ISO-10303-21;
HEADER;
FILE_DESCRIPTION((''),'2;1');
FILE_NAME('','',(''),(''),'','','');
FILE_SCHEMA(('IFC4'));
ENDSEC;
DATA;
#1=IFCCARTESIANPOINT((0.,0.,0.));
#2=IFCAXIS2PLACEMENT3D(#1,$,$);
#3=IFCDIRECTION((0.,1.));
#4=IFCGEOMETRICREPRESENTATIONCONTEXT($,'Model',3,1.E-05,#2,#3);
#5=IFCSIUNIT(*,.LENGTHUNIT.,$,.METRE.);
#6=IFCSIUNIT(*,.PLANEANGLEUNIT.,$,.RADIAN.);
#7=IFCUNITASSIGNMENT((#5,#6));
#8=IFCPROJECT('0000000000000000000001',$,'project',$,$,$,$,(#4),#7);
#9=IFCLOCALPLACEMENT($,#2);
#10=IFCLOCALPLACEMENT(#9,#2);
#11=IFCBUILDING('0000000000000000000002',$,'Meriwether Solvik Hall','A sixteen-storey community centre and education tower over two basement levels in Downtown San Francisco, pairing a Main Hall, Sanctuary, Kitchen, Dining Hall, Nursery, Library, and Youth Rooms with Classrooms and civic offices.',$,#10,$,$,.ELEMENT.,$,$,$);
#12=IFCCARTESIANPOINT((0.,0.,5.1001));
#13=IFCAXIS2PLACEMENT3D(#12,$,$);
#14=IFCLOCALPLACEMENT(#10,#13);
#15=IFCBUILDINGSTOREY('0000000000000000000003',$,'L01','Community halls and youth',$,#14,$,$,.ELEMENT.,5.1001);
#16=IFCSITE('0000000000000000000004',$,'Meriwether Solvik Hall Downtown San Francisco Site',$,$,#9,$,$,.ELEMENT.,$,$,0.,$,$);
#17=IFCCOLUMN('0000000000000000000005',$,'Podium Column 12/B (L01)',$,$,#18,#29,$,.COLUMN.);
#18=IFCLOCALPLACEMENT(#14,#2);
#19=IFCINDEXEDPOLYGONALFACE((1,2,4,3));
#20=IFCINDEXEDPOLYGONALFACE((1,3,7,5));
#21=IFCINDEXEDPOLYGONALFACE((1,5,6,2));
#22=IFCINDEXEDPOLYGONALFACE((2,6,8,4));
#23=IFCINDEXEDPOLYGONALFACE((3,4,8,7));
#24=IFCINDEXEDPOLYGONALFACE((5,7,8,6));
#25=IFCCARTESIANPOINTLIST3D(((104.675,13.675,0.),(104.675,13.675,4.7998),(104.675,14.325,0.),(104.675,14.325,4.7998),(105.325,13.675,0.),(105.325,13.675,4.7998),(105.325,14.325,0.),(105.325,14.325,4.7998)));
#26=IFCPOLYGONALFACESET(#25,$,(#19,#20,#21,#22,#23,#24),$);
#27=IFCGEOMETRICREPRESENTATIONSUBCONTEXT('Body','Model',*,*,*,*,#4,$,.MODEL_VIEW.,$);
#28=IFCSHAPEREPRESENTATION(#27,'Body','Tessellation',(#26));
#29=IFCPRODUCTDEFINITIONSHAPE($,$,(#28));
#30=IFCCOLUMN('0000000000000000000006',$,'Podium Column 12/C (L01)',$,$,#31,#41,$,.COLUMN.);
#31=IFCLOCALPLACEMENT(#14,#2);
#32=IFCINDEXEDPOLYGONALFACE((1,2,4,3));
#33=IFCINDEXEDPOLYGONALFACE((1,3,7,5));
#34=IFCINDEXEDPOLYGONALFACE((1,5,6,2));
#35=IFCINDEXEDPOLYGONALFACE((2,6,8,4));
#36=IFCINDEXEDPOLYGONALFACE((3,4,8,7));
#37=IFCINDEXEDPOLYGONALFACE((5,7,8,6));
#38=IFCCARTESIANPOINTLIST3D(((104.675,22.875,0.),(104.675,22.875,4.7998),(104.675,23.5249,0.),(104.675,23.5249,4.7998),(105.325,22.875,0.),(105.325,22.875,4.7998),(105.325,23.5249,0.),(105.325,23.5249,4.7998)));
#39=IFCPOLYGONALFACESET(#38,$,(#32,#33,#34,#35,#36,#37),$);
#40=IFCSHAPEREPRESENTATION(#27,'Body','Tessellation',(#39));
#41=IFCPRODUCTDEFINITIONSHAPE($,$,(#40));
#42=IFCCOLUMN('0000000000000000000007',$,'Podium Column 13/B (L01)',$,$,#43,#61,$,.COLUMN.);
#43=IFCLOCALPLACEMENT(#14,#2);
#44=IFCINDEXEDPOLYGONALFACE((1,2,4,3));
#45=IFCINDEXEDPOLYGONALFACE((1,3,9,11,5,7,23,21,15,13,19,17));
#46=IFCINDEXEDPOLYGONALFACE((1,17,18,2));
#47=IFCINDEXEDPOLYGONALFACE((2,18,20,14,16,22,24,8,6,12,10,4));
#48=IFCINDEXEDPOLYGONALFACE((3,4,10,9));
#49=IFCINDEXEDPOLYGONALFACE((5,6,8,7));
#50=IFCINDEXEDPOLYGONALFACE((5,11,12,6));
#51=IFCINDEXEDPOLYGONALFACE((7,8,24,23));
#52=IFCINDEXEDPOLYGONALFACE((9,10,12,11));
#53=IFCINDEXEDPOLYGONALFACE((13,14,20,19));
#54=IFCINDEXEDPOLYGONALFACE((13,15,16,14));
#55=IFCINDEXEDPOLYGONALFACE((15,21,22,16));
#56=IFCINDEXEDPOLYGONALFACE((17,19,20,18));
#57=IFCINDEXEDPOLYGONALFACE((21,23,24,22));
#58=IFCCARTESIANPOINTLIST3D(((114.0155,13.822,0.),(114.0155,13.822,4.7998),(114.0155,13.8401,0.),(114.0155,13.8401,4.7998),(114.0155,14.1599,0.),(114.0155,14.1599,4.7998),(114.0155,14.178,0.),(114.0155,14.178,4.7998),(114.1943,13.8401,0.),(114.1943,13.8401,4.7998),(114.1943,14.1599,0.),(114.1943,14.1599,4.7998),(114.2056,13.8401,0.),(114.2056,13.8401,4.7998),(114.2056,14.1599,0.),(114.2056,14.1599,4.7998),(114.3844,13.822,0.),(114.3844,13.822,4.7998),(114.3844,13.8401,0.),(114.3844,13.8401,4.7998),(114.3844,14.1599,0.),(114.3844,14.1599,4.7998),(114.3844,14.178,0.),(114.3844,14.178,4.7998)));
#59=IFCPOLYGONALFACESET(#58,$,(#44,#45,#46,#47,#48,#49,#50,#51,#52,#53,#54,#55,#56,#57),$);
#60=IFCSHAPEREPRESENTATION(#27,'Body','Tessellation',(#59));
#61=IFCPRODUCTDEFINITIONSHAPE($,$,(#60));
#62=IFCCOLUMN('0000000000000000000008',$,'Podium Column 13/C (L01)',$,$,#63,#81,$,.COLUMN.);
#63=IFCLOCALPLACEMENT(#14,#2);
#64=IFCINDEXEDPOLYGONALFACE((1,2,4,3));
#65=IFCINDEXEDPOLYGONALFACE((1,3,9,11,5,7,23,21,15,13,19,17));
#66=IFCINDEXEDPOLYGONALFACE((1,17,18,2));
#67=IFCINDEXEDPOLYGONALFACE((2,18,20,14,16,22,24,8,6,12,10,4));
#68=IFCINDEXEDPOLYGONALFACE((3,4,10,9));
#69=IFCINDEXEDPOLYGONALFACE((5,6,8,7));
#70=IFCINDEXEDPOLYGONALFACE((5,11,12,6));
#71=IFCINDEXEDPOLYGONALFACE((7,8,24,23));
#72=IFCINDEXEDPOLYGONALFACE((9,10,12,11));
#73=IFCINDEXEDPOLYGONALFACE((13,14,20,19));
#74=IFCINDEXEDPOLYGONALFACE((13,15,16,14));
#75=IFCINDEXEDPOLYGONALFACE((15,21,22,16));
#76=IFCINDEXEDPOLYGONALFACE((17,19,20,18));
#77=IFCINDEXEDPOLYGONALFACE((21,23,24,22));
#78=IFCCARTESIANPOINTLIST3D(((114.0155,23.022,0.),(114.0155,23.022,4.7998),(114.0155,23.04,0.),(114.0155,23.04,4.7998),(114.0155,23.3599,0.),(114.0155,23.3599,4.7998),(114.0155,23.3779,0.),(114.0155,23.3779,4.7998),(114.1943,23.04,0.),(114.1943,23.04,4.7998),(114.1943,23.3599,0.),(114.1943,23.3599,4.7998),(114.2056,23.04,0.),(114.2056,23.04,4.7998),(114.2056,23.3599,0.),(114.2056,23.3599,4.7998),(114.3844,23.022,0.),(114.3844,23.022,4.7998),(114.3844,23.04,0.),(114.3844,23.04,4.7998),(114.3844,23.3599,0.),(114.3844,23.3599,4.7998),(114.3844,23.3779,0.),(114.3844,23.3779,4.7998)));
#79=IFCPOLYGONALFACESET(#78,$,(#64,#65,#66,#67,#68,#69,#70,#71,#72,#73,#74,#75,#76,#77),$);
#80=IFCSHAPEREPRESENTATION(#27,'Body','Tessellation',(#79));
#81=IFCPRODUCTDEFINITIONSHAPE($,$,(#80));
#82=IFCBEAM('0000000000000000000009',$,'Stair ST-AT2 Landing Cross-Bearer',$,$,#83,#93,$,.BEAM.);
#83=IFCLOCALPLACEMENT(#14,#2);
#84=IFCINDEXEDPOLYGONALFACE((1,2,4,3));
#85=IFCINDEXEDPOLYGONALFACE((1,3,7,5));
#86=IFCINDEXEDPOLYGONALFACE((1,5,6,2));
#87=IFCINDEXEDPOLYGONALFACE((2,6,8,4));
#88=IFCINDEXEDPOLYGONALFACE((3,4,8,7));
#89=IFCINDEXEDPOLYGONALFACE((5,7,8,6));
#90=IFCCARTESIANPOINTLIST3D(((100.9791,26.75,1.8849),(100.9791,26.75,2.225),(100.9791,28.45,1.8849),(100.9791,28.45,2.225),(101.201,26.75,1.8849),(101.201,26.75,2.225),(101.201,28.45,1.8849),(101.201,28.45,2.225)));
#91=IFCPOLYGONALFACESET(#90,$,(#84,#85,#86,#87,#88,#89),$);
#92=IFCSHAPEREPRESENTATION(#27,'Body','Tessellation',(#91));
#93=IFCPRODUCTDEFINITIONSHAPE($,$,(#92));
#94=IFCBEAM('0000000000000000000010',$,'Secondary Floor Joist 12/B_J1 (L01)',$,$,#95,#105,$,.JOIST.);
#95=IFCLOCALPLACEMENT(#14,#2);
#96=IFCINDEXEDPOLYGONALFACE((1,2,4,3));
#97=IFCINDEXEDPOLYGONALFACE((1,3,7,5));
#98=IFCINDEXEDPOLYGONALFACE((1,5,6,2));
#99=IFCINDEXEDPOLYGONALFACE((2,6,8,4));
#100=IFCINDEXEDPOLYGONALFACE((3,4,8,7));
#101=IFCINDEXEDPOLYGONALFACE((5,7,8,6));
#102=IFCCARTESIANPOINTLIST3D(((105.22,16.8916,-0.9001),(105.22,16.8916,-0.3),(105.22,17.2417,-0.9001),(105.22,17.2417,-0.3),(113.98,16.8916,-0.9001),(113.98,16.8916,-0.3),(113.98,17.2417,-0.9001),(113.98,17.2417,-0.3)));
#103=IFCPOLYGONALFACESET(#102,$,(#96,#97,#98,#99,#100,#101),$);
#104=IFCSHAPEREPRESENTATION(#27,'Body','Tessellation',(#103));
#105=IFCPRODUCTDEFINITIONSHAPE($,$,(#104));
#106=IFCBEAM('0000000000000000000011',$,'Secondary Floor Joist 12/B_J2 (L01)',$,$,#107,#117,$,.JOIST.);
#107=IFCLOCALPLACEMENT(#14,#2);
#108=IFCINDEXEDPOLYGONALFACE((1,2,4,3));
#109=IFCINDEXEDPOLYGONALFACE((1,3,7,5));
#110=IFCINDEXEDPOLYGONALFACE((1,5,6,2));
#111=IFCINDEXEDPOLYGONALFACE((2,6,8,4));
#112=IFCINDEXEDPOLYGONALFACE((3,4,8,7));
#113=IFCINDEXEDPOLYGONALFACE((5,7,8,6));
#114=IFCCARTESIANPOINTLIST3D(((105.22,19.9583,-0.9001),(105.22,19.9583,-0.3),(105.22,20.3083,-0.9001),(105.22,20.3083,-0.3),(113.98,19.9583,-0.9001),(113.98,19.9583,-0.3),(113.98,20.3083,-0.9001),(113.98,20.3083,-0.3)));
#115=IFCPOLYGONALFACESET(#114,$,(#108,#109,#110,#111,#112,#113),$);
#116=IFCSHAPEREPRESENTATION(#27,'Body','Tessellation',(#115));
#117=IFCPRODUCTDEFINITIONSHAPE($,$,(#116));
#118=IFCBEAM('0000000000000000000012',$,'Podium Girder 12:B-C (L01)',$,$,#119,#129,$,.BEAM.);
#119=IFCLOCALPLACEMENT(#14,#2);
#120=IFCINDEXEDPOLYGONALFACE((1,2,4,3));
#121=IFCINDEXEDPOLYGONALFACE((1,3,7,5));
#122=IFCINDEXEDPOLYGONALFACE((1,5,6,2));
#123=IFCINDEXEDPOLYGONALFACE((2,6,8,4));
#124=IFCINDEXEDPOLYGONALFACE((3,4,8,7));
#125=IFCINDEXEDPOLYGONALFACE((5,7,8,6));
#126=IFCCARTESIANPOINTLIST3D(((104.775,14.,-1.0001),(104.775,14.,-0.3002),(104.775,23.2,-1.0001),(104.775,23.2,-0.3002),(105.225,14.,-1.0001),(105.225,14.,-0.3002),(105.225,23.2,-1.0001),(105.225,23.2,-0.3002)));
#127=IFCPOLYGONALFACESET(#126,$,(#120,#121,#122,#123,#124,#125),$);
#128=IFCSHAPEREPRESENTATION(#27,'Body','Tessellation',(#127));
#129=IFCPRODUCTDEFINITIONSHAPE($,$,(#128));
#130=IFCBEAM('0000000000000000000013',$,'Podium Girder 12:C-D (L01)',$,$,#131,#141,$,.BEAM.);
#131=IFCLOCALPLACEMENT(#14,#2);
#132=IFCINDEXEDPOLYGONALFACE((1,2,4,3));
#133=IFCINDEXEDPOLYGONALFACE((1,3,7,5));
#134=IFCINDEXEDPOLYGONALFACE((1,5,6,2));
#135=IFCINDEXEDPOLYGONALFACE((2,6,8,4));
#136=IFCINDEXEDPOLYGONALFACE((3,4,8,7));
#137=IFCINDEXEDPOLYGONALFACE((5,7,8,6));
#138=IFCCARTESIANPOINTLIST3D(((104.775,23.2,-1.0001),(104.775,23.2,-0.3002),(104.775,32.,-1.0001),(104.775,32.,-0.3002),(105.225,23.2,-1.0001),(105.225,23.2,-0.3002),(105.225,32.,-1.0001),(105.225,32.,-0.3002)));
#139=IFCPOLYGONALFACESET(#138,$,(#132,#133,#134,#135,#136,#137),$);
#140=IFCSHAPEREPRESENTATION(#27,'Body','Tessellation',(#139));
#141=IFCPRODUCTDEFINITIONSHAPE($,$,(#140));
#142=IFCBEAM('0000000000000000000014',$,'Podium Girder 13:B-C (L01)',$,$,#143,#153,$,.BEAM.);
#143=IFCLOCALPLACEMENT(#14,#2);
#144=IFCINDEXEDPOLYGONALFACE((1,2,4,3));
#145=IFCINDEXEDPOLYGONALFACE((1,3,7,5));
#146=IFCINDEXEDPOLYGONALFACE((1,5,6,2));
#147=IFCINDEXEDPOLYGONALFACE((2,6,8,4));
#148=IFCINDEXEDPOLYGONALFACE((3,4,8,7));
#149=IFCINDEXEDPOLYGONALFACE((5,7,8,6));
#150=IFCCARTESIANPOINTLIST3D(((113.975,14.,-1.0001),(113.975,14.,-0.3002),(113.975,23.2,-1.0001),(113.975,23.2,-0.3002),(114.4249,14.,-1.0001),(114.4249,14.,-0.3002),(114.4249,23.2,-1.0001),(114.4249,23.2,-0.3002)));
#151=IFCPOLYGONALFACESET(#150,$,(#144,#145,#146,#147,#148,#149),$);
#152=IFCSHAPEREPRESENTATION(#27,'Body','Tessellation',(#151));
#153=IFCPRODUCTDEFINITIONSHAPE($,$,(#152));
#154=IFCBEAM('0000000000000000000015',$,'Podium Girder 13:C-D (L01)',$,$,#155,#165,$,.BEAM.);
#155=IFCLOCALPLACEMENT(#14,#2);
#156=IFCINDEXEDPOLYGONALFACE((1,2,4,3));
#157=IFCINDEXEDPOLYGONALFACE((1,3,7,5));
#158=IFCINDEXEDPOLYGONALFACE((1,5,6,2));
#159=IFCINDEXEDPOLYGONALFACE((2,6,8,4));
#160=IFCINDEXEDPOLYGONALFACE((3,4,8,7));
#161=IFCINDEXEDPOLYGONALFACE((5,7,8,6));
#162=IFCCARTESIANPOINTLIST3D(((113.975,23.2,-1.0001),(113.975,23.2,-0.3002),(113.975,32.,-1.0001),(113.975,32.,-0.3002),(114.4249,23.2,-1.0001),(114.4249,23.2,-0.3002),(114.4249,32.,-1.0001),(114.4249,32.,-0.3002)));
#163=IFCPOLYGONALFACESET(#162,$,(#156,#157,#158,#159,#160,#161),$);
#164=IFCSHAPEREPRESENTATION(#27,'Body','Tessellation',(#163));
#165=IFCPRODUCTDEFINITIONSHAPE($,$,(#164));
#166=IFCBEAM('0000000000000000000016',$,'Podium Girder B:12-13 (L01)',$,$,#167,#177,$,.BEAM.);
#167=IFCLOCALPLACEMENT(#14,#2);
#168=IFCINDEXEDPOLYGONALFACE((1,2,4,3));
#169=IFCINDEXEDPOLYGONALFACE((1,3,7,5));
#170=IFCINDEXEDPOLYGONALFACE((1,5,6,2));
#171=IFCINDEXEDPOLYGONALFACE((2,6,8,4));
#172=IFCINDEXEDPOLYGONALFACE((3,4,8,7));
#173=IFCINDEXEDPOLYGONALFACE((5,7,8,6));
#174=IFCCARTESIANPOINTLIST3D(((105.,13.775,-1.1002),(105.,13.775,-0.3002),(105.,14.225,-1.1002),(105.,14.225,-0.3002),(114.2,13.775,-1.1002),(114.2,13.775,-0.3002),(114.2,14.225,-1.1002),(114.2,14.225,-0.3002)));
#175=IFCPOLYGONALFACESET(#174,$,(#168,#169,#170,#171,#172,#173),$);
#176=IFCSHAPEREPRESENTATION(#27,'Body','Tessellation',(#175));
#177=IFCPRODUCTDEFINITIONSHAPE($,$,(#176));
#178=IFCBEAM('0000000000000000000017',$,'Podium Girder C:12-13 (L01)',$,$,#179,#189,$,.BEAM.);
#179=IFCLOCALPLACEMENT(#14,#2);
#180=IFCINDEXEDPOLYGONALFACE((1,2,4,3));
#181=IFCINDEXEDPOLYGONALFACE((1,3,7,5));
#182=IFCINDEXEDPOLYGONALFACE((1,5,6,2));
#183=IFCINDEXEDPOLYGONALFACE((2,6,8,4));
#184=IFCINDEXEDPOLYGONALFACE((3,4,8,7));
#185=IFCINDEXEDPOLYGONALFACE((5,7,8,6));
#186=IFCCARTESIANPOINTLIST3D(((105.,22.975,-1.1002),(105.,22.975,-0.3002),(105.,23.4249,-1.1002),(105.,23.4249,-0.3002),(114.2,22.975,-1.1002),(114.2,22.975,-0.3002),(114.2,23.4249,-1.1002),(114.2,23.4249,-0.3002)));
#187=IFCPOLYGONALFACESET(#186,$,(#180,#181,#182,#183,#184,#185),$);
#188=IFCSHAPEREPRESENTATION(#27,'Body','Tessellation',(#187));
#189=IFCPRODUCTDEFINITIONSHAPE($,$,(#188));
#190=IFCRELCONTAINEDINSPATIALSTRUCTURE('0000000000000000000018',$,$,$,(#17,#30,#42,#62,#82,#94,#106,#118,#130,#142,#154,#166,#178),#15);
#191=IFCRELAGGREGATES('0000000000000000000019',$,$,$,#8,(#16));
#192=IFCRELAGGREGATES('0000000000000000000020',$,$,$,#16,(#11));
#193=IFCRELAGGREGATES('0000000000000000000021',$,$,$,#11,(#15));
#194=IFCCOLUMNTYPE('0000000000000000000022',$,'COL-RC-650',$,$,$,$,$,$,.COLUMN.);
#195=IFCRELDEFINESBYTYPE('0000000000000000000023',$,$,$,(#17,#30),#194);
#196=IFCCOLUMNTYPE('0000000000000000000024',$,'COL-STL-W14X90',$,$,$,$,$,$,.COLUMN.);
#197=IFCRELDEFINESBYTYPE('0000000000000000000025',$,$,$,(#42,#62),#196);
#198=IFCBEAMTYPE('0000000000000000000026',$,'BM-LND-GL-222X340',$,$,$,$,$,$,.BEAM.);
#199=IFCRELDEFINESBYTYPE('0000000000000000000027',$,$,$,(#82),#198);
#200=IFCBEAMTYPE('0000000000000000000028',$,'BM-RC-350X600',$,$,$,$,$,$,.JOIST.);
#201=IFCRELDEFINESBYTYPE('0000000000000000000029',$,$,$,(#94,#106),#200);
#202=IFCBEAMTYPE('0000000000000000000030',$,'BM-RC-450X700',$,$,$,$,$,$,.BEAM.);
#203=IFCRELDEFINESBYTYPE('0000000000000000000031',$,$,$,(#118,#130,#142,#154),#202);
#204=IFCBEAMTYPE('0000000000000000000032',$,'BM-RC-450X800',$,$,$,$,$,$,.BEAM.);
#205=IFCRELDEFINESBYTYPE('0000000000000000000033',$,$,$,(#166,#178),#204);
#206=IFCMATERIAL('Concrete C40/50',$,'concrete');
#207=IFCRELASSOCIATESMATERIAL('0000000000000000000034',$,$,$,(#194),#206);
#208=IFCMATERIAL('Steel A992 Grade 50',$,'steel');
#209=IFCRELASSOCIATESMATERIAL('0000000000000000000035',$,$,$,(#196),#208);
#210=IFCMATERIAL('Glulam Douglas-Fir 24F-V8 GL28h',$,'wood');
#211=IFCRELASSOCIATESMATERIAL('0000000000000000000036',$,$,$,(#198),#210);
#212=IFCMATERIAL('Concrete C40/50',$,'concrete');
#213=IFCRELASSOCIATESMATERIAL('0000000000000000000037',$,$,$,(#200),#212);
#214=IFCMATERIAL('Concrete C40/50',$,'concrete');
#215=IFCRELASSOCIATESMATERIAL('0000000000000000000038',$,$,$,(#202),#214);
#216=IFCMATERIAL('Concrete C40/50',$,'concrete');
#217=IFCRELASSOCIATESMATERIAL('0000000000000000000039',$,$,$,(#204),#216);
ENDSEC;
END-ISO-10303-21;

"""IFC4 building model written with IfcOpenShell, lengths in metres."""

from ifc_helpers import new_model, si_unit, direction, frame, origin, origin_2d, place, context, subcontext, project, spatial, rectangle, i_section, extrude, material, material_profile, profile_set, type_object, element, save


model = new_model("IFC4")

# Units and contexts
model_context = context("Model", 3, precision=1e-05, world=origin(), true_north=direction((0.0, 1.0)))
body_context = subcontext(model_context, "Body", "Model", "MODEL_VIEW")
ifc_project = project(units=[si_unit("LENGTHUNIT", "METRE"), si_unit("PLANEANGLEUNIT", "RADIAN")], contexts=[model_context])

# Site, building, storey
site_placement = place(None, origin())
site = spatial("IfcSite", under=ifc_project, at=site_placement, Name="Meriwether Solvik Hall Downtown San Francisco Site", CompositionType="ELEMENT", RefElevation=0.0)
building_placement = place(site_placement, origin())
building = spatial("IfcBuilding", under=site, at=building_placement, Name="Meriwether Solvik Hall", Description="A sixteen-storey community centre and education tower over two basement levels in Downtown San Francisco, pairing a Main Hall, Sanctuary, Kitchen, Dining Hall, Nursery, Library, and Youth Rooms with Classrooms and civic offices.", CompositionType="ELEMENT")
storey_placement = place(building_placement, frame((0.0, 0.0, 5.1001)))
storey = spatial("IfcBuildingStorey", under=building, at=storey_placement, Name="L01", Description="Community halls and youth", CompositionType="ELEMENT", Elevation=5.1001)

# Columns
ifc_material_1 = material(Name="Concrete C40/50", Category="concrete")
ifc_material_profile_1 = material_profile(ifc_material_1, rectangle(XDim=0.6499, YDim=0.6499, at=origin_2d()), Name="RCC-650X650")
ifc_profile_set_1 = profile_set([ifc_material_profile_1], Name="Concrete C40/50")
column_type_1 = type_object("IfcColumnType", Name="COL-RC-650", PredefinedType="COLUMN", material=ifc_profile_set_1)
for number, where, z_axis, x_axis, name in (
    (1, (105.0, 14.0, 0.0), (0.0, 0.0, 1.0), (1.0, 0.0, 0.0), "Podium Column 12/B (L01)"),
    (2, (105.0, 23.2, 0.0), (0.0, 0.0, 1.0), (1.0, 0.0, 0.0), "Podium Column 12/C (L01)"),
):
    element("IfcColumn", number, at=place(storey_placement, frame(where, z_axis=z_axis, x_axis=x_axis)), inside=storey, type_object=column_type_1, Name=name, PredefinedType="COLUMN", context=body_context, shape_type="SweptSolid", body=[
        extrude(rectangle(XDim=0.6499, YDim=0.6499, at=origin_2d()), origin(), (0.0, 0.0, 1.0), 4.7998),
    ])
ifc_material_2 = material(Name="Steel A992 Grade 50", Category="steel")
ifc_material_profile_2 = material_profile(ifc_material_2, i_section(OverallWidth=0.3689, OverallDepth=0.356, WebThickness=0.0112, FlangeThickness=0.0181, at=origin_2d()), Name="W14X90")
ifc_profile_set_2 = profile_set([ifc_material_profile_2], Name="Steel A992 Grade 50")
column_type_2 = type_object("IfcColumnType", Name="COL-STL-W14X90", PredefinedType="COLUMN", material=ifc_profile_set_2)
for number, where, z_axis, x_axis, name in (
    (3, (114.2, 14.0, 0.0), (0.0, 0.0, 1.0), (1.0, 0.0, 0.0), "Podium Column 13/B (L01)"),
    (4, (114.2, 23.2, 0.0), (0.0, 0.0, 1.0), (1.0, 0.0, 0.0), "Podium Column 13/C (L01)"),
):
    element("IfcColumn", number, at=place(storey_placement, frame(where, z_axis=z_axis, x_axis=x_axis)), inside=storey, type_object=column_type_2, Name=name, PredefinedType="COLUMN", context=body_context, shape_type="SweptSolid", body=[
        extrude(i_section(OverallWidth=0.3689, OverallDepth=0.356, WebThickness=0.0112, FlangeThickness=0.0181, at=origin_2d()), origin(), (0.0, 0.0, 1.0), 4.7998),
    ])

# Beams
ifc_material_3 = material(Name="Glulam Douglas-Fir 24F-V8 GL28h", Category="wood")
ifc_material_profile_3 = material_profile(ifc_material_3, rectangle(XDim=0.2219, YDim=0.3401, at=origin_2d()), Name="GLB-222X340")
ifc_profile_set_3 = profile_set([ifc_material_profile_3], Name="Glulam Douglas-Fir 24F-V8 GL28h")
beam_type_1 = type_object("IfcBeamType", Name="BM-LND-GL-222X340", PredefinedType="BEAM", material=ifc_profile_set_3)
beam_1_placement = place(storey_placement, frame((101.0901, 26.75, 2.0549), z_axis=(0.0, 1.0, 0.0), x_axis=(-1.0, 0.0, 0.0)))
element("IfcBeam", 5, at=beam_1_placement, inside=storey, type_object=beam_type_1, Name="Stair ST-AT2 Landing Cross-Bearer", PredefinedType="BEAM", context=body_context, shape_type="SweptSolid", body=[
    extrude(rectangle(XDim=0.2219, YDim=0.3401, at=origin_2d()), origin(), (0.0, 0.0, 1.0), 1.7),
])
ifc_material_4 = material(Name="Concrete C40/50", Category="concrete")
ifc_material_profile_4 = material_profile(ifc_material_4, rectangle(XDim=0.3501, YDim=0.6001, at=origin_2d()), Name="RCB-350X600")
ifc_profile_set_4 = profile_set([ifc_material_profile_4], Name="Concrete C40/50")
beam_type_2 = type_object("IfcBeamType", Name="BM-RC-350X600", PredefinedType="JOIST", material=ifc_profile_set_4)
for number, where, z_axis, x_axis, name in (
    (6, (105.22, 17.0667, -0.6001), (1.0, 0.0, 0.0), (0.0, 1.0, 0.0), "Secondary Floor Joist 12/B_J1 (L01)"),
    (7, (105.22, 20.1333, -0.6001), (1.0, 0.0, 0.0), (0.0, 1.0, 0.0), "Secondary Floor Joist 12/B_J2 (L01)"),
):
    element("IfcBeam", number, at=place(storey_placement, frame(where, z_axis=z_axis, x_axis=x_axis)), inside=storey, type_object=beam_type_2, Name=name, PredefinedType="JOIST", context=body_context, shape_type="SweptSolid", body=[
        extrude(rectangle(XDim=0.3501, YDim=0.6001, at=origin_2d()), origin(), (0.0, 0.0, 1.0), 8.76),
    ])
ifc_material_5 = material(Name="Concrete C40/50", Category="concrete")
ifc_material_profile_5 = material_profile(ifc_material_5, rectangle(XDim=0.45, YDim=0.7, at=origin_2d()), Name="RCB-450X700")
ifc_profile_set_5 = profile_set([ifc_material_profile_5], Name="Concrete C40/50")
beam_type_3 = type_object("IfcBeamType", Name="BM-RC-450X700", PredefinedType="BEAM", material=ifc_profile_set_5)
beam_2_placement = place(storey_placement, frame((105.0, 14.0, -0.6501), z_axis=(0.0, 1.0, 0.0), x_axis=(-1.0, 0.0, 0.0)))
element("IfcBeam", 8, at=beam_2_placement, inside=storey, type_object=beam_type_3, Name="Podium Girder 12:B-C (L01)", PredefinedType="BEAM", context=body_context, shape_type="SweptSolid", body=[
    extrude(rectangle(XDim=0.45, YDim=0.7, at=origin_2d()), origin(), (0.0, 0.0, 1.0), 9.2),
])
beam_3_placement = place(storey_placement, frame((105.0, 23.2, -0.6501), z_axis=(0.0, 1.0, 0.0), x_axis=(-1.0, 0.0, 0.0)))
element("IfcBeam", 9, at=beam_3_placement, inside=storey, type_object=beam_type_3, Name="Podium Girder 12:C-D (L01)", PredefinedType="BEAM", context=body_context, shape_type="SweptSolid", body=[
    extrude(rectangle(XDim=0.45, YDim=0.7, at=origin_2d()), origin(), (0.0, 0.0, 1.0), 8.8),
])
beam_4_placement = place(storey_placement, frame((114.2, 14.0, -0.6501), z_axis=(0.0, 1.0, 0.0), x_axis=(-1.0, 0.0, 0.0)))
element("IfcBeam", 10, at=beam_4_placement, inside=storey, type_object=beam_type_3, Name="Podium Girder 13:B-C (L01)", PredefinedType="BEAM", context=body_context, shape_type="SweptSolid", body=[
    extrude(rectangle(XDim=0.45, YDim=0.7, at=origin_2d()), origin(), (0.0, 0.0, 1.0), 9.2),
])
beam_5_placement = place(storey_placement, frame((114.2, 23.2, -0.6501), z_axis=(0.0, 1.0, 0.0), x_axis=(-1.0, 0.0, 0.0)))
element("IfcBeam", 11, at=beam_5_placement, inside=storey, type_object=beam_type_3, Name="Podium Girder 13:C-D (L01)", PredefinedType="BEAM", context=body_context, shape_type="SweptSolid", body=[
    extrude(rectangle(XDim=0.45, YDim=0.7, at=origin_2d()), origin(), (0.0, 0.0, 1.0), 8.8),
])
ifc_material_6 = material(Name="Concrete C40/50", Category="concrete")
ifc_material_profile_6 = material_profile(ifc_material_6, rectangle(XDim=0.45, YDim=0.8, at=origin_2d()), Name="RCB-450X800")
ifc_profile_set_6 = profile_set([ifc_material_profile_6], Name="Concrete C40/50")
beam_type_4 = type_object("IfcBeamType", Name="BM-RC-450X800", PredefinedType="BEAM", material=ifc_profile_set_6)
for number, where, z_axis, x_axis, name in (
    (12, (105.0, 14.0, -0.7002), (1.0, 0.0, 0.0), (0.0, 1.0, 0.0), "Podium Girder B:12-13 (L01)"),
    (13, (105.0, 23.2, -0.7002), (1.0, 0.0, 0.0), (0.0, 1.0, 0.0), "Podium Girder C:12-13 (L01)"),
):
    element("IfcBeam", number, at=place(storey_placement, frame(where, z_axis=z_axis, x_axis=x_axis)), inside=storey, type_object=beam_type_4, Name=name, PredefinedType="BEAM", context=body_context, shape_type="SweptSolid", body=[
        extrude(rectangle(XDim=0.45, YDim=0.8, at=origin_2d()), origin(), (0.0, 0.0, 1.0), 9.2),
    ])

save(model, "model.ifc")
